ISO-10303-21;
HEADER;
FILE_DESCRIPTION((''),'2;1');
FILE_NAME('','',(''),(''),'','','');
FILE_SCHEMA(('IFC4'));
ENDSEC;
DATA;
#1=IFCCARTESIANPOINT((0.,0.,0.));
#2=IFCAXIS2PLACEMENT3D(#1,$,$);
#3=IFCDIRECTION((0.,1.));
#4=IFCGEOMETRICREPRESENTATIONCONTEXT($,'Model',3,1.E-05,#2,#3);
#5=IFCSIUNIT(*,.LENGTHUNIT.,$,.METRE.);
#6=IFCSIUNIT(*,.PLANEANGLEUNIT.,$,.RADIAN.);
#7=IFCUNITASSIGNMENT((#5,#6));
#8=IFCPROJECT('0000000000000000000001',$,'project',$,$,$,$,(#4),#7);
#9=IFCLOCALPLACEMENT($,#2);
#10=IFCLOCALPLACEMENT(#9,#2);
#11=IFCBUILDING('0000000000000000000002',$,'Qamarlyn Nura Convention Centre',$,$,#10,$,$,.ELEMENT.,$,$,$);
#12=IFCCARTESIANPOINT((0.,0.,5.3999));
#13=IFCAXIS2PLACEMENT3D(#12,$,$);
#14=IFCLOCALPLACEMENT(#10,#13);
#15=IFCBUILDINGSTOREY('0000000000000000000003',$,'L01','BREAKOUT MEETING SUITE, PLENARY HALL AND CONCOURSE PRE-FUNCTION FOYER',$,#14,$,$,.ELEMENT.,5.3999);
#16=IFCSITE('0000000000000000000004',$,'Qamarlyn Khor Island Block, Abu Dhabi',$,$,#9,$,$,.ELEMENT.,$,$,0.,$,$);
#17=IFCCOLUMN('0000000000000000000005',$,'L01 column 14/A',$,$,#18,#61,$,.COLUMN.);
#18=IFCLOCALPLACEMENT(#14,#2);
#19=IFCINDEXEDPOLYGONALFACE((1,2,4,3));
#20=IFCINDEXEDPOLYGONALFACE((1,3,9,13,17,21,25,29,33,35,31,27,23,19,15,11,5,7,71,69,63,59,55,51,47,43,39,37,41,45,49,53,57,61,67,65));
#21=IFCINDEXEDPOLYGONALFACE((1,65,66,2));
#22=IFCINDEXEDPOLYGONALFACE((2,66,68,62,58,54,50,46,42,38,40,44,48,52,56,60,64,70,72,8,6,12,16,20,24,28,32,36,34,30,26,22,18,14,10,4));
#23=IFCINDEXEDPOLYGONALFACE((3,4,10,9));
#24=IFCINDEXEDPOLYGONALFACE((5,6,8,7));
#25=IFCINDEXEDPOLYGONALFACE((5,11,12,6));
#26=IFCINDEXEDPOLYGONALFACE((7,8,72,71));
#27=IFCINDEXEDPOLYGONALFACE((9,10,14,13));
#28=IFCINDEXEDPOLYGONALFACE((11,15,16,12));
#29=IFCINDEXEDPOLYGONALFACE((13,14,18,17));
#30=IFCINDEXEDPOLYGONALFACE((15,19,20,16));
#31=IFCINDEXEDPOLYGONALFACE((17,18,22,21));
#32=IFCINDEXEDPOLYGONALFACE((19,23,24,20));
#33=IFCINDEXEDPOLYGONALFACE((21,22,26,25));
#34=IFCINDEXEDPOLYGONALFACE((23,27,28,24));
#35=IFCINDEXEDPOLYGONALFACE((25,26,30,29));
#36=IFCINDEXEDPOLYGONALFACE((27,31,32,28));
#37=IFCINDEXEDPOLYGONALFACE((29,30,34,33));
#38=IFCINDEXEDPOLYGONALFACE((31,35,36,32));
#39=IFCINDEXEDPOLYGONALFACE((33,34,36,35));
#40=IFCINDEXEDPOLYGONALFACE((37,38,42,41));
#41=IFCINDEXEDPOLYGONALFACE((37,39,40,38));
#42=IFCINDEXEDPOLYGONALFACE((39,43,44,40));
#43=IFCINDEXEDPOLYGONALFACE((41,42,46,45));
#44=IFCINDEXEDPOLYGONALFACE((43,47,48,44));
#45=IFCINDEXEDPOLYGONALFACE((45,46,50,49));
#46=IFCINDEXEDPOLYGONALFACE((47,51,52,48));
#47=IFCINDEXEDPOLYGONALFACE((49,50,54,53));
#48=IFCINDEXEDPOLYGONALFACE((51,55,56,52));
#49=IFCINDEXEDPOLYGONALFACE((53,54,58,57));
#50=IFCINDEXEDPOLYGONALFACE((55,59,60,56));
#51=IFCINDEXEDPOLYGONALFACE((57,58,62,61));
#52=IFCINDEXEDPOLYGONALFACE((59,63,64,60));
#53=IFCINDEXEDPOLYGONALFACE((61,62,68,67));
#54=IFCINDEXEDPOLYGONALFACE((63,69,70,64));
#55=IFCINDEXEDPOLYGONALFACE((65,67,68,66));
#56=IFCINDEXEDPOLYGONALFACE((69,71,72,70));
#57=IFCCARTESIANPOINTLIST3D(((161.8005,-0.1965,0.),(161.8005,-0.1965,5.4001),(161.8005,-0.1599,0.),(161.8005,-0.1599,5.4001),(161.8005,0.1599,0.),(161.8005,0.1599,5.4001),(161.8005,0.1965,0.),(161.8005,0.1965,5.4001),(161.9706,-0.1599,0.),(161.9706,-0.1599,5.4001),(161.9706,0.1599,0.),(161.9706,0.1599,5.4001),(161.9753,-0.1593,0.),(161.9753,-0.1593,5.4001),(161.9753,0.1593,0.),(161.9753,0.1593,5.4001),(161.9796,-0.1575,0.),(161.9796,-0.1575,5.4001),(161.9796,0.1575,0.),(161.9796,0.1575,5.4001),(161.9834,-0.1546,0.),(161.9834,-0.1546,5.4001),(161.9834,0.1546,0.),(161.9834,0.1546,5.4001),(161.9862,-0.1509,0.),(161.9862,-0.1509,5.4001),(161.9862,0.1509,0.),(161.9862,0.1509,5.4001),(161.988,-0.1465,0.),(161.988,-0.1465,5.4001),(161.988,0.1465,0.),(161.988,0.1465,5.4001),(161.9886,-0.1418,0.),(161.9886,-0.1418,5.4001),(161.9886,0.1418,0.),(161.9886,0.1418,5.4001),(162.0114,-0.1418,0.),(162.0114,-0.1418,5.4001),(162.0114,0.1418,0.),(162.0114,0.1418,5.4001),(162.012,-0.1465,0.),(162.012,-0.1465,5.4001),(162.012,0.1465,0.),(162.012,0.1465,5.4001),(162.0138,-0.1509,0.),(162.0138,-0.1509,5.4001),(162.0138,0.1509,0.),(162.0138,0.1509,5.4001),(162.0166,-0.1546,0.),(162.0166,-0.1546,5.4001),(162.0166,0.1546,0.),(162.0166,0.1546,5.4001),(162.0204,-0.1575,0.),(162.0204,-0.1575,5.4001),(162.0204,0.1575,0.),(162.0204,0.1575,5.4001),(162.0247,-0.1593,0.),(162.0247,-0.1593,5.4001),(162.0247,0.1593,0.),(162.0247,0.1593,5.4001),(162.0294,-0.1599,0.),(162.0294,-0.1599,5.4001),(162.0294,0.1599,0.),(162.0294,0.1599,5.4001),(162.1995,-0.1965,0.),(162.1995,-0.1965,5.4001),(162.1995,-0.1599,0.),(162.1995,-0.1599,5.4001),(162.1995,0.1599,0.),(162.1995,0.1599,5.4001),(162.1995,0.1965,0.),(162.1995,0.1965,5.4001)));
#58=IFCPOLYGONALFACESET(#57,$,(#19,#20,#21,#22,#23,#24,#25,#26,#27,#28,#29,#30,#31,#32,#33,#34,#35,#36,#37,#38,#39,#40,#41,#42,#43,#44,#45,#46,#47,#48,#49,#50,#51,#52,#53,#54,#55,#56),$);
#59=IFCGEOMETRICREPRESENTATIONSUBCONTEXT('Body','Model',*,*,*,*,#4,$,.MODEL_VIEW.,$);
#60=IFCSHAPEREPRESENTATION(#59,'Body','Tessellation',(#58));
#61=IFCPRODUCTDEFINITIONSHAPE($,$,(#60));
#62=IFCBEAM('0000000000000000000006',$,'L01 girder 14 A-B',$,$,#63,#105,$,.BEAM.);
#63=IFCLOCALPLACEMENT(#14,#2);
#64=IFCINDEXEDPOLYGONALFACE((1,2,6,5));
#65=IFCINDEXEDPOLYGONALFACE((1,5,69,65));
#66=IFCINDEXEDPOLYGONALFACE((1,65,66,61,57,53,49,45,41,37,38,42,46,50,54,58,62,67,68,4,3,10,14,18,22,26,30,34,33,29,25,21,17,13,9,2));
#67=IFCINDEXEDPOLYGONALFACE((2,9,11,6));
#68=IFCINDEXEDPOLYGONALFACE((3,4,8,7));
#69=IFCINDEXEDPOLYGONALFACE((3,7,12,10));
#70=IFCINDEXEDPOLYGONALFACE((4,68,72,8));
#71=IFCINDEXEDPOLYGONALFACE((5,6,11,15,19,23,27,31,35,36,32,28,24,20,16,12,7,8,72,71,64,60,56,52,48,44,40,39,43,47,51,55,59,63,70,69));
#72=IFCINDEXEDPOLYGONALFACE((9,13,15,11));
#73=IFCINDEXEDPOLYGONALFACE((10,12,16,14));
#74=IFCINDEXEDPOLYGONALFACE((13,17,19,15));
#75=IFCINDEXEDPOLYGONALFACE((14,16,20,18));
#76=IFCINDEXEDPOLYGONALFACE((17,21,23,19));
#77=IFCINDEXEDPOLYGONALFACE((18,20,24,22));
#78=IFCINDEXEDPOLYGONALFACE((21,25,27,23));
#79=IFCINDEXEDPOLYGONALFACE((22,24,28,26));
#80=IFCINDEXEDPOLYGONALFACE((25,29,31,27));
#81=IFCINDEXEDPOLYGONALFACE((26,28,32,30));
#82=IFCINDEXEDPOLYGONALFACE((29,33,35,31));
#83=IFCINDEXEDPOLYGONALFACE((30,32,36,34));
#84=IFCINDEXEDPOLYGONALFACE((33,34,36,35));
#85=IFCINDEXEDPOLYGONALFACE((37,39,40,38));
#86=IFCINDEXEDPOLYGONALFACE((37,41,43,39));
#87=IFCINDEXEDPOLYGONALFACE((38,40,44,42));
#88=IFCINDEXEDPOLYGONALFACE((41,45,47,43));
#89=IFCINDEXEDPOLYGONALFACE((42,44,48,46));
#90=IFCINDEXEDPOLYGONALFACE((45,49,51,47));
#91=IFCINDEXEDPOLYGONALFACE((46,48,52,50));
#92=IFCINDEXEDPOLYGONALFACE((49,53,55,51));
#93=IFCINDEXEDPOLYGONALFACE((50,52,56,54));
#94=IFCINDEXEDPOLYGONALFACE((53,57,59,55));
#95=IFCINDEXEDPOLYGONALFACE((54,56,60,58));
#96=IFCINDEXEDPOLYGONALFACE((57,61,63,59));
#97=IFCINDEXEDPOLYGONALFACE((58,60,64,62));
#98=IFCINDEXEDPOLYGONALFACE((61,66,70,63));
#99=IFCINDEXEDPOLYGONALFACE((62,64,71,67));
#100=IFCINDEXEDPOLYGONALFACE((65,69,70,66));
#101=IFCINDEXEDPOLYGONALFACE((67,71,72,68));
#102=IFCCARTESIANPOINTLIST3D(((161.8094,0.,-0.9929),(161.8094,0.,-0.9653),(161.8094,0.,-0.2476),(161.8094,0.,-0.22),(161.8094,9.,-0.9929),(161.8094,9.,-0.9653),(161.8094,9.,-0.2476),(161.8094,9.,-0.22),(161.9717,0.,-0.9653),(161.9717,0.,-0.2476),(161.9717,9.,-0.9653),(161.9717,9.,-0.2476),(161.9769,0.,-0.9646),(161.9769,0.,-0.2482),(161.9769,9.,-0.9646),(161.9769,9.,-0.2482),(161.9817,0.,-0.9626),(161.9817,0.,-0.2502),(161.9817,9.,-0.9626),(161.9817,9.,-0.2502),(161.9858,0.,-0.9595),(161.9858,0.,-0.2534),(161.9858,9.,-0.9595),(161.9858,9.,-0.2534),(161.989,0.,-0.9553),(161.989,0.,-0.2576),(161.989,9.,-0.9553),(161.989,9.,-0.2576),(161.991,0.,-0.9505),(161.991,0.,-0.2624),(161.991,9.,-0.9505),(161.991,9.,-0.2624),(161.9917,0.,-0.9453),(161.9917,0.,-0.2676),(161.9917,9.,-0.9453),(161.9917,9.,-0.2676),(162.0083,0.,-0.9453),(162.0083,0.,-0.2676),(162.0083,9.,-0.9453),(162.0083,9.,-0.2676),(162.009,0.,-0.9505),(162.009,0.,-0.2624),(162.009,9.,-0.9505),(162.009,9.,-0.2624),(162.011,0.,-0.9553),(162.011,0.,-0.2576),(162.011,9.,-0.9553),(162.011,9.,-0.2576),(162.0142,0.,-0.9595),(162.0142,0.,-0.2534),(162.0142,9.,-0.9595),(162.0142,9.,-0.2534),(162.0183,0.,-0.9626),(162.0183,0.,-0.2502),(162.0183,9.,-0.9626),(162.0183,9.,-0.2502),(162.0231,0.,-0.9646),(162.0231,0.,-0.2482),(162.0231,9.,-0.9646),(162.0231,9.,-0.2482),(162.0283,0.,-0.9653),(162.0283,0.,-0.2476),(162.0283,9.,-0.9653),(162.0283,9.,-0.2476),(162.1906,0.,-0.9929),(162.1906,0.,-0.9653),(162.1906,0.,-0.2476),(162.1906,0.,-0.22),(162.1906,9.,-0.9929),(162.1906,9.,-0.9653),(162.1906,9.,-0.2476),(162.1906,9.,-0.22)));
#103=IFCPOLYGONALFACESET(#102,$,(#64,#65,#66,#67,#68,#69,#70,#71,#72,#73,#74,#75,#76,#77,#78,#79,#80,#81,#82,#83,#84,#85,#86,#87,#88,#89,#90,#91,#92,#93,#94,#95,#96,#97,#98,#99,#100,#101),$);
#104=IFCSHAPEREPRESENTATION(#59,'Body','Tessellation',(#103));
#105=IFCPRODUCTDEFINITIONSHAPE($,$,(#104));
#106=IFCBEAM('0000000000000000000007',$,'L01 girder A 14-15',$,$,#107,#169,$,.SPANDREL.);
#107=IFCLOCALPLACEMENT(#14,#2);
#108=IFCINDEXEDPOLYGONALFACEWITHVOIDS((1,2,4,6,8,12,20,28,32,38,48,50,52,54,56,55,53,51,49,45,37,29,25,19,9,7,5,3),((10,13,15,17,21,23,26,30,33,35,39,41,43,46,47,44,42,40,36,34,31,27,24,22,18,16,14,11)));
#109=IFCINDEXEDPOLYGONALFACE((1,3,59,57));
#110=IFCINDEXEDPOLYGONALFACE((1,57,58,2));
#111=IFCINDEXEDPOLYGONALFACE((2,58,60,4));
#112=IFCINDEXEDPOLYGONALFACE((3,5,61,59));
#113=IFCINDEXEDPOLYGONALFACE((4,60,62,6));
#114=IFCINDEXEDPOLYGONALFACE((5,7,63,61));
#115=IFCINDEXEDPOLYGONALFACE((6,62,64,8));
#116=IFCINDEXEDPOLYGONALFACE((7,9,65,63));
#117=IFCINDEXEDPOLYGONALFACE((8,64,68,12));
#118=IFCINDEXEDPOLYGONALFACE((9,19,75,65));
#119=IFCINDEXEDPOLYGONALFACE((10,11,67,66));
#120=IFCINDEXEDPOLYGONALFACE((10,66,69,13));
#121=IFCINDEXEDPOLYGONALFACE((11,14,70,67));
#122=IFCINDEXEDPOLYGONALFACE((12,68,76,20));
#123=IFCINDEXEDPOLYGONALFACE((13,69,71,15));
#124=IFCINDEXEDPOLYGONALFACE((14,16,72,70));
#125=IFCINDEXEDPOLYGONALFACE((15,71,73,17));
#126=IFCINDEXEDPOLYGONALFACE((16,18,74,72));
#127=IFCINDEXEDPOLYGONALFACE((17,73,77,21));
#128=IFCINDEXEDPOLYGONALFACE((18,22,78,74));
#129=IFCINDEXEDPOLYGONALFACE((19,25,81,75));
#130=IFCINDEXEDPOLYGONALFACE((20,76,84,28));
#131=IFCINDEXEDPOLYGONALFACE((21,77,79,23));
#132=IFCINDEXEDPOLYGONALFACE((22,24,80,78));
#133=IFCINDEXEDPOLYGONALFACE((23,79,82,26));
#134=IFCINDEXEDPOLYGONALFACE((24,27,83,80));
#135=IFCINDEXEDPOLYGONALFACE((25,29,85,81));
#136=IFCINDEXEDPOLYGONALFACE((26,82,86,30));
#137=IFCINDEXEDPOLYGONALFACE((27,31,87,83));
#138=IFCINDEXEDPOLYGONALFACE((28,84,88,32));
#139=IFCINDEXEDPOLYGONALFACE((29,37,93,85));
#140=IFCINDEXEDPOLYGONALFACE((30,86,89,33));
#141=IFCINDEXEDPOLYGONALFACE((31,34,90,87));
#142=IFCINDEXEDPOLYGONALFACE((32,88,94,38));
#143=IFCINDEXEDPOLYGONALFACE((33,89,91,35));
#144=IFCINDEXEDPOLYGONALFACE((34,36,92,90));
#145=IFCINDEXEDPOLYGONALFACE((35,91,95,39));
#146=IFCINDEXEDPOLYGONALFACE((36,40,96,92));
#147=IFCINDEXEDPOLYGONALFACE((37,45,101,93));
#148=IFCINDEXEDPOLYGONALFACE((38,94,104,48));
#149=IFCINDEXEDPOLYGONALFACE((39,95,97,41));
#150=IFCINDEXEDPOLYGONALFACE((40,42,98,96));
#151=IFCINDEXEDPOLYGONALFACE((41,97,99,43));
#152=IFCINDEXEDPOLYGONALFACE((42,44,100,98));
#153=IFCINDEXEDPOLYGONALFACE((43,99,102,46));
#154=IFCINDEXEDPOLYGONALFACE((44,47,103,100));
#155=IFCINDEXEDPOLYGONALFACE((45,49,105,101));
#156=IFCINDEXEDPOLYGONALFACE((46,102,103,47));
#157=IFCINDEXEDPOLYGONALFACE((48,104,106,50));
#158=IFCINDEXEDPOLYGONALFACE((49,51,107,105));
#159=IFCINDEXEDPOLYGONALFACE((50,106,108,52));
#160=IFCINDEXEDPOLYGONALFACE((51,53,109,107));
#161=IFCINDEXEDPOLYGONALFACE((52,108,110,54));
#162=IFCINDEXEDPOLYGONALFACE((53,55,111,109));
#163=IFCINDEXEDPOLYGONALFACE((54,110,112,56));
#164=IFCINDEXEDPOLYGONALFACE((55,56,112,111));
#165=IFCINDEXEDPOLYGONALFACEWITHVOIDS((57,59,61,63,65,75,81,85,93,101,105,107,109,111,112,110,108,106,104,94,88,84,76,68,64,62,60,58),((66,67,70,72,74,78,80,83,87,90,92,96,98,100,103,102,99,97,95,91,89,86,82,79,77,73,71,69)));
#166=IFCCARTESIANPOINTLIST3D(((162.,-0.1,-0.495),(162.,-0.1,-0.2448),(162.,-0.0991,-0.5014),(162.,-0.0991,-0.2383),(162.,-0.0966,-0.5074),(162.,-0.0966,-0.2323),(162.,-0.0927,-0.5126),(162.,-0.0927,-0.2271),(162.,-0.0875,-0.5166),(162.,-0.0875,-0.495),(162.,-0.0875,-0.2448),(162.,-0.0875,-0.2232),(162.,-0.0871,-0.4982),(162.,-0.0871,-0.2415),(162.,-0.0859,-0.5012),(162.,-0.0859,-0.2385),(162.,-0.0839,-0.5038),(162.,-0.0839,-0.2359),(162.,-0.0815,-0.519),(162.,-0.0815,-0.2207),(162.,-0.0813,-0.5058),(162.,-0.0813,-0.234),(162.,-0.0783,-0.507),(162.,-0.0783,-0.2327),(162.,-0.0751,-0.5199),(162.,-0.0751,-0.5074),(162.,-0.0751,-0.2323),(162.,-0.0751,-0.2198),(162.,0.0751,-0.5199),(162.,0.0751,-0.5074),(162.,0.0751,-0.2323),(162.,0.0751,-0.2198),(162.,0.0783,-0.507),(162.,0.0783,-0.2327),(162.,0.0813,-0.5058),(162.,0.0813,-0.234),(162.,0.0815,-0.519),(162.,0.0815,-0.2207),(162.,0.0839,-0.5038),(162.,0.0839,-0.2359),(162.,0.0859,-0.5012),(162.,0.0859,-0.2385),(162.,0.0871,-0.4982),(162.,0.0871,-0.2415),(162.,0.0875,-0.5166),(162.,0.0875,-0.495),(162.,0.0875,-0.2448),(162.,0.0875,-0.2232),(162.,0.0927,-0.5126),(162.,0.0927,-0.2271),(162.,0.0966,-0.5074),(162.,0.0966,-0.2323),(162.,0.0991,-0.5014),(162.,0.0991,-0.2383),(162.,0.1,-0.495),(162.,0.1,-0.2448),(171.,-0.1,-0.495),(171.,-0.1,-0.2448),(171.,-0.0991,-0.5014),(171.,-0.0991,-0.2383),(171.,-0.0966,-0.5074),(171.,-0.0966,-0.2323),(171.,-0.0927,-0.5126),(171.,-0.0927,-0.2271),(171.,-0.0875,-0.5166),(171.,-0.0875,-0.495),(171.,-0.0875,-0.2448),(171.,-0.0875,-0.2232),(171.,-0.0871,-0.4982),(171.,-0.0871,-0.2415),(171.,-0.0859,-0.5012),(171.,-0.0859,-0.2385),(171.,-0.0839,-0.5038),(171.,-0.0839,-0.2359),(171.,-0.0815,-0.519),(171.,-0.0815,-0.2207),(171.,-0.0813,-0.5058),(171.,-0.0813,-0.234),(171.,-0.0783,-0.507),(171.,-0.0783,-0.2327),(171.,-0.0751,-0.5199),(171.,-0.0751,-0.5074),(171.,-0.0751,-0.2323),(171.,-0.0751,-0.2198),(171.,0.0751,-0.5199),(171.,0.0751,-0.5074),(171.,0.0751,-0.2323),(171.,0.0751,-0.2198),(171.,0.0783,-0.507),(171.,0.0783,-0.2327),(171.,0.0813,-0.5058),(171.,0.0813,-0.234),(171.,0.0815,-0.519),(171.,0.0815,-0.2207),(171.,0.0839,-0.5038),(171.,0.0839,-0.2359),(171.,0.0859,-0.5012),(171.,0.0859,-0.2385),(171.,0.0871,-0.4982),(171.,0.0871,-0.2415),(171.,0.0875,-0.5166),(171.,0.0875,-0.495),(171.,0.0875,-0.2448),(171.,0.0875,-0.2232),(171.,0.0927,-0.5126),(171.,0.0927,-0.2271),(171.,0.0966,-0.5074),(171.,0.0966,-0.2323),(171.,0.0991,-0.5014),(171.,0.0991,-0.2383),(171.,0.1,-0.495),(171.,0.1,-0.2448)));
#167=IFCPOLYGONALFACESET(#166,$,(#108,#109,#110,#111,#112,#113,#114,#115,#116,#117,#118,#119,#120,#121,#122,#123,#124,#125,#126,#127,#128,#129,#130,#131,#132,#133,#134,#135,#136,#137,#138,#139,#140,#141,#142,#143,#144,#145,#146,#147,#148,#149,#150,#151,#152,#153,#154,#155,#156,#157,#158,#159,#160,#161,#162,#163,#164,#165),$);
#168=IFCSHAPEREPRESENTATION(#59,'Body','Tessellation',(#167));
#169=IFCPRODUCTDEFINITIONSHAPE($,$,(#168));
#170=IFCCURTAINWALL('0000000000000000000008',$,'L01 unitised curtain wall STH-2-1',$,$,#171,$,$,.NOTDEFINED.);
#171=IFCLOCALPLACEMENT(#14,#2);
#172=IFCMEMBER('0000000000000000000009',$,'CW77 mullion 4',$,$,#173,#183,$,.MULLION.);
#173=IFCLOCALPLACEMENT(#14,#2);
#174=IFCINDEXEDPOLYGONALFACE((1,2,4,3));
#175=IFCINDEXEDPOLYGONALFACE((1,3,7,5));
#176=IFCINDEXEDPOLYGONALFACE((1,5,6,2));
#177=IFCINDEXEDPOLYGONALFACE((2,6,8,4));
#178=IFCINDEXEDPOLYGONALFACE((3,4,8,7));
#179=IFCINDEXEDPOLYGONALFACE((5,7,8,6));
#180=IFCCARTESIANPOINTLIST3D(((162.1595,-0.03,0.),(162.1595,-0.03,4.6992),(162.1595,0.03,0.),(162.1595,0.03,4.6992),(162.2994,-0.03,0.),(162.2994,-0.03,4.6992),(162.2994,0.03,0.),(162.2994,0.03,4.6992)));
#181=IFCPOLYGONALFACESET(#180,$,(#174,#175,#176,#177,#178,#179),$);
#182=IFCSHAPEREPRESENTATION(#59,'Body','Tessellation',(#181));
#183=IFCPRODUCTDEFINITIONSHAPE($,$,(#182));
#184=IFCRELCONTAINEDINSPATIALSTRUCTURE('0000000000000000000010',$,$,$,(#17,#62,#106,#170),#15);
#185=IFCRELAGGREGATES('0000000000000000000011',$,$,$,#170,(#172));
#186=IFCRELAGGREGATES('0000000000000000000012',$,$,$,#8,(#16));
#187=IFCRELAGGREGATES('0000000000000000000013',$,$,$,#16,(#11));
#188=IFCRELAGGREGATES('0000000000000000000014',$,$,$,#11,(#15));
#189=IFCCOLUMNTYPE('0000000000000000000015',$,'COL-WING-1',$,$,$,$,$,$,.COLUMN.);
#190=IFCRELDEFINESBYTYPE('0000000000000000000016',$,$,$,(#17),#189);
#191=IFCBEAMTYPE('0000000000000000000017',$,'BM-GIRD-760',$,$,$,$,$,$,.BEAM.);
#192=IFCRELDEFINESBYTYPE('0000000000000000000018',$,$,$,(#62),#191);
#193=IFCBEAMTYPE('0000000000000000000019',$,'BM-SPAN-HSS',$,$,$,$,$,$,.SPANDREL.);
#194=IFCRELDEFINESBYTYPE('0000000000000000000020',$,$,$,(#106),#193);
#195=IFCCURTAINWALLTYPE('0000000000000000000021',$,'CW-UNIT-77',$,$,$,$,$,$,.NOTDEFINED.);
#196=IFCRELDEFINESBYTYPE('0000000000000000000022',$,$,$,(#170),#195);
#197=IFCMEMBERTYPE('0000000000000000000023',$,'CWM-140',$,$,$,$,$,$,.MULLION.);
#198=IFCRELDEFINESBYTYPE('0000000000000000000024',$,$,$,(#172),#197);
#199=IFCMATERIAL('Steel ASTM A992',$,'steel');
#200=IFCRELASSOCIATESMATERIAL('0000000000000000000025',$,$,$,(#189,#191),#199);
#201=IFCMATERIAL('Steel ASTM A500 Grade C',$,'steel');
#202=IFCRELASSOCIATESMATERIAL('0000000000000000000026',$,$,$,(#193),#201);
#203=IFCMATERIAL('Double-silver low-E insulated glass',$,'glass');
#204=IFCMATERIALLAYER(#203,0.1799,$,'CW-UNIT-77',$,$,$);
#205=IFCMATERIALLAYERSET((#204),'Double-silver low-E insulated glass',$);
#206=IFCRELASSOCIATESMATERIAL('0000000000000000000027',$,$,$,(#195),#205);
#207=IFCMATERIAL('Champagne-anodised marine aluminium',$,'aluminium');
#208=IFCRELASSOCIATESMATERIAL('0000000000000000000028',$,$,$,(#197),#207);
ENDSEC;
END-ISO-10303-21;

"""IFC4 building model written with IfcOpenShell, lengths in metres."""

from ifc_helpers import new_model, si_unit, direction, frame, origin, origin_2d, place, context, subcontext, project, spatial, rectangle, hollow_rectangle, i_section, extrude, material, layer, layer_set, material_profile, profile_set, type_object, element, aggregate, save


model = new_model("IFC4")

# Units and contexts
model_context = context("Model", 3, precision=1e-05, world=origin(), true_north=direction((0.0, 1.0)))
body_context = subcontext(model_context, "Body", "Model", "MODEL_VIEW")
ifc_project = project(units=[si_unit("LENGTHUNIT", "METRE"), si_unit("PLANEANGLEUNIT", "RADIAN")], contexts=[model_context])

# Site, building, storey
site_placement = place(None, origin())
site = spatial("IfcSite", under=ifc_project, at=site_placement, Name="Qamarlyn Khor Island Block, Abu Dhabi", CompositionType="ELEMENT", RefElevation=0.0)
building_placement = place(site_placement, origin())
building = spatial("IfcBuilding", under=site, at=building_placement, Name="Qamarlyn Nura Convention Centre", CompositionType="ELEMENT")
storey_placement = place(building_placement, frame((0.0, 0.0, 5.3999)))
storey = spatial("IfcBuildingStorey", under=building, at=storey_placement, Name="L01", Description="BREAKOUT MEETING SUITE, PLENARY HALL AND CONCOURSE PRE-FUNCTION FOYER", CompositionType="ELEMENT", Elevation=5.3999)

# Column
ifc_material_1 = material(Name="Steel ASTM A992", Category="steel")
ifc_material_profile_1 = material_profile(ifc_material_1, i_section(OverallWidth=0.3989, OverallDepth=0.3931, WebThickness=0.0227, FlangeThickness=0.0366, FilletRadius=0.0181, at=origin_2d()), Name="W360X287")
ifc_profile_set_1 = profile_set([ifc_material_profile_1], Name="Steel ASTM A992")
column_type = type_object("IfcColumnType", Name="COL-WING-1", PredefinedType="COLUMN", material=ifc_profile_set_1)
column_placement = place(storey_placement, frame((162.0, 0.0, 0.0), z_axis=(0.0, 0.0, 1.0), x_axis=(1.0, 0.0, 0.0)))
element("IfcColumn", 1, at=column_placement, inside=storey, type_object=column_type, Name="L01 column 14/A", PredefinedType="COLUMN", context=body_context, shape_type="SweptSolid", body=[
    extrude(i_section(OverallWidth=0.3989, OverallDepth=0.3931, WebThickness=0.0227, FlangeThickness=0.0366, FilletRadius=0.0181, at=origin_2d()), origin(), (0.0, 0.0, 1.0), 5.4001),
])

# Beams
ifc_material_profile_2 = material_profile(ifc_material_1, i_section(OverallWidth=0.3811, OverallDepth=0.7729, WebThickness=0.0166, FlangeThickness=0.0276, FilletRadius=0.02, at=origin_2d()), Name="W760X257")
ifc_profile_set_2 = profile_set([ifc_material_profile_2], Name="Steel ASTM A992")
beam_type_1 = type_object("IfcBeamType", Name="BM-GIRD-760", PredefinedType="BEAM", material=ifc_profile_set_2)
beam_1_placement = place(storey_placement, frame((162.0, 0.0, -0.6064), z_axis=(0.0, 1.0, 0.0), x_axis=(-1.0, 0.0, 0.0)))
element("IfcBeam", 2, at=beam_1_placement, inside=storey, type_object=beam_type_1, Name="L01 girder 14 A-B", PredefinedType="BEAM", context=body_context, shape_type="SweptSolid", body=[
    extrude(i_section(OverallWidth=0.3811, OverallDepth=0.7729, WebThickness=0.0166, FlangeThickness=0.0276, FilletRadius=0.02, at=origin_2d()), origin(), (0.0, 0.0, 1.0), 9.0),
])
ifc_material_2 = material(Name="Steel ASTM A500 Grade C", Category="steel")
ifc_material_profile_3 = material_profile(ifc_material_2, hollow_rectangle(XDim=0.2, YDim=0.3, WallThickness=0.0125, InnerFilletRadius=0.0125, OuterFilletRadius=0.0249, at=origin_2d()), Name="HSS300X200X12.5")
ifc_profile_set_3 = profile_set([ifc_material_profile_3], Name="Steel ASTM A500 Grade C")
beam_type_2 = type_object("IfcBeamType", Name="BM-SPAN-HSS", PredefinedType="SPANDREL", material=ifc_profile_set_3)
beam_2_placement = place(storey_placement, frame((162.0, 0.0, -0.3699), z_axis=(1.0, 0.0, 0.0), x_axis=(0.0, 1.0, 0.0)))
element("IfcBeam", 3, at=beam_2_placement, inside=storey, type_object=beam_type_2, Name="L01 girder A 14-15", PredefinedType="SPANDREL", context=body_context, shape_type="SweptSolid", body=[
    extrude(hollow_rectangle(XDim=0.2, YDim=0.3, WallThickness=0.0125, InnerFilletRadius=0.0125, OuterFilletRadius=0.0249, at=origin_2d()), origin(), (0.0, 0.0, 1.0), 9.0),
])

# Curtain wall, member
ifc_material_3 = material(Name="Double-silver low-E insulated glass", Category="glass")
ifc_layer_1 = layer(ifc_material_3, 0.1799, Name="CW-UNIT-77")
ifc_layer_set_1 = layer_set([ifc_layer_1], Name="Double-silver low-E insulated glass")
curtain_wall_type_1 = type_object("IfcCurtainWallType", Name="CW-UNIT-77", PredefinedType="NOTDEFINED", material=ifc_layer_set_1)
curtain_wall_1_placement = place(storey_placement, origin())
curtain_wall_1 = element("IfcCurtainWall", 4, at=curtain_wall_1_placement, inside=storey, type_object=curtain_wall_type_1, Name="L01 unitised curtain wall STH-2-1", PredefinedType="NOTDEFINED")
ifc_material_4 = material(Name="Champagne-anodised marine aluminium", Category="aluminium")
ifc_material_profile_4 = material_profile(ifc_material_4, rectangle(XDim=0.0601, YDim=0.1399, at=origin_2d()), Name="ALU MULLION 60x140")
ifc_profile_set_4 = profile_set([ifc_material_profile_4], Name="Champagne-anodised marine aluminium")
member_type_1 = type_object("IfcMemberType", Name="CWM-140", PredefinedType="MULLION", material=ifc_profile_set_4)
member_1_placement = place(storey_placement, frame((162.2295, 0.0, 0.0), z_axis=(0.0, 0.0, 1.0), x_axis=(0.0, -1.0, 0.0)))
member_1 = element("IfcMember", 5, at=member_1_placement, type_object=member_type_1, Name="CW77 mullion 4", PredefinedType="MULLION", context=body_context, shape_type="SweptSolid", body=[
    extrude(rectangle(XDim=0.0601, YDim=0.1399, at=origin_2d()), origin(), (0.0, 0.0, 1.0), 4.6992),
])

aggregate(curtain_wall_1, [member_1])

save(model, "model.ifc")
